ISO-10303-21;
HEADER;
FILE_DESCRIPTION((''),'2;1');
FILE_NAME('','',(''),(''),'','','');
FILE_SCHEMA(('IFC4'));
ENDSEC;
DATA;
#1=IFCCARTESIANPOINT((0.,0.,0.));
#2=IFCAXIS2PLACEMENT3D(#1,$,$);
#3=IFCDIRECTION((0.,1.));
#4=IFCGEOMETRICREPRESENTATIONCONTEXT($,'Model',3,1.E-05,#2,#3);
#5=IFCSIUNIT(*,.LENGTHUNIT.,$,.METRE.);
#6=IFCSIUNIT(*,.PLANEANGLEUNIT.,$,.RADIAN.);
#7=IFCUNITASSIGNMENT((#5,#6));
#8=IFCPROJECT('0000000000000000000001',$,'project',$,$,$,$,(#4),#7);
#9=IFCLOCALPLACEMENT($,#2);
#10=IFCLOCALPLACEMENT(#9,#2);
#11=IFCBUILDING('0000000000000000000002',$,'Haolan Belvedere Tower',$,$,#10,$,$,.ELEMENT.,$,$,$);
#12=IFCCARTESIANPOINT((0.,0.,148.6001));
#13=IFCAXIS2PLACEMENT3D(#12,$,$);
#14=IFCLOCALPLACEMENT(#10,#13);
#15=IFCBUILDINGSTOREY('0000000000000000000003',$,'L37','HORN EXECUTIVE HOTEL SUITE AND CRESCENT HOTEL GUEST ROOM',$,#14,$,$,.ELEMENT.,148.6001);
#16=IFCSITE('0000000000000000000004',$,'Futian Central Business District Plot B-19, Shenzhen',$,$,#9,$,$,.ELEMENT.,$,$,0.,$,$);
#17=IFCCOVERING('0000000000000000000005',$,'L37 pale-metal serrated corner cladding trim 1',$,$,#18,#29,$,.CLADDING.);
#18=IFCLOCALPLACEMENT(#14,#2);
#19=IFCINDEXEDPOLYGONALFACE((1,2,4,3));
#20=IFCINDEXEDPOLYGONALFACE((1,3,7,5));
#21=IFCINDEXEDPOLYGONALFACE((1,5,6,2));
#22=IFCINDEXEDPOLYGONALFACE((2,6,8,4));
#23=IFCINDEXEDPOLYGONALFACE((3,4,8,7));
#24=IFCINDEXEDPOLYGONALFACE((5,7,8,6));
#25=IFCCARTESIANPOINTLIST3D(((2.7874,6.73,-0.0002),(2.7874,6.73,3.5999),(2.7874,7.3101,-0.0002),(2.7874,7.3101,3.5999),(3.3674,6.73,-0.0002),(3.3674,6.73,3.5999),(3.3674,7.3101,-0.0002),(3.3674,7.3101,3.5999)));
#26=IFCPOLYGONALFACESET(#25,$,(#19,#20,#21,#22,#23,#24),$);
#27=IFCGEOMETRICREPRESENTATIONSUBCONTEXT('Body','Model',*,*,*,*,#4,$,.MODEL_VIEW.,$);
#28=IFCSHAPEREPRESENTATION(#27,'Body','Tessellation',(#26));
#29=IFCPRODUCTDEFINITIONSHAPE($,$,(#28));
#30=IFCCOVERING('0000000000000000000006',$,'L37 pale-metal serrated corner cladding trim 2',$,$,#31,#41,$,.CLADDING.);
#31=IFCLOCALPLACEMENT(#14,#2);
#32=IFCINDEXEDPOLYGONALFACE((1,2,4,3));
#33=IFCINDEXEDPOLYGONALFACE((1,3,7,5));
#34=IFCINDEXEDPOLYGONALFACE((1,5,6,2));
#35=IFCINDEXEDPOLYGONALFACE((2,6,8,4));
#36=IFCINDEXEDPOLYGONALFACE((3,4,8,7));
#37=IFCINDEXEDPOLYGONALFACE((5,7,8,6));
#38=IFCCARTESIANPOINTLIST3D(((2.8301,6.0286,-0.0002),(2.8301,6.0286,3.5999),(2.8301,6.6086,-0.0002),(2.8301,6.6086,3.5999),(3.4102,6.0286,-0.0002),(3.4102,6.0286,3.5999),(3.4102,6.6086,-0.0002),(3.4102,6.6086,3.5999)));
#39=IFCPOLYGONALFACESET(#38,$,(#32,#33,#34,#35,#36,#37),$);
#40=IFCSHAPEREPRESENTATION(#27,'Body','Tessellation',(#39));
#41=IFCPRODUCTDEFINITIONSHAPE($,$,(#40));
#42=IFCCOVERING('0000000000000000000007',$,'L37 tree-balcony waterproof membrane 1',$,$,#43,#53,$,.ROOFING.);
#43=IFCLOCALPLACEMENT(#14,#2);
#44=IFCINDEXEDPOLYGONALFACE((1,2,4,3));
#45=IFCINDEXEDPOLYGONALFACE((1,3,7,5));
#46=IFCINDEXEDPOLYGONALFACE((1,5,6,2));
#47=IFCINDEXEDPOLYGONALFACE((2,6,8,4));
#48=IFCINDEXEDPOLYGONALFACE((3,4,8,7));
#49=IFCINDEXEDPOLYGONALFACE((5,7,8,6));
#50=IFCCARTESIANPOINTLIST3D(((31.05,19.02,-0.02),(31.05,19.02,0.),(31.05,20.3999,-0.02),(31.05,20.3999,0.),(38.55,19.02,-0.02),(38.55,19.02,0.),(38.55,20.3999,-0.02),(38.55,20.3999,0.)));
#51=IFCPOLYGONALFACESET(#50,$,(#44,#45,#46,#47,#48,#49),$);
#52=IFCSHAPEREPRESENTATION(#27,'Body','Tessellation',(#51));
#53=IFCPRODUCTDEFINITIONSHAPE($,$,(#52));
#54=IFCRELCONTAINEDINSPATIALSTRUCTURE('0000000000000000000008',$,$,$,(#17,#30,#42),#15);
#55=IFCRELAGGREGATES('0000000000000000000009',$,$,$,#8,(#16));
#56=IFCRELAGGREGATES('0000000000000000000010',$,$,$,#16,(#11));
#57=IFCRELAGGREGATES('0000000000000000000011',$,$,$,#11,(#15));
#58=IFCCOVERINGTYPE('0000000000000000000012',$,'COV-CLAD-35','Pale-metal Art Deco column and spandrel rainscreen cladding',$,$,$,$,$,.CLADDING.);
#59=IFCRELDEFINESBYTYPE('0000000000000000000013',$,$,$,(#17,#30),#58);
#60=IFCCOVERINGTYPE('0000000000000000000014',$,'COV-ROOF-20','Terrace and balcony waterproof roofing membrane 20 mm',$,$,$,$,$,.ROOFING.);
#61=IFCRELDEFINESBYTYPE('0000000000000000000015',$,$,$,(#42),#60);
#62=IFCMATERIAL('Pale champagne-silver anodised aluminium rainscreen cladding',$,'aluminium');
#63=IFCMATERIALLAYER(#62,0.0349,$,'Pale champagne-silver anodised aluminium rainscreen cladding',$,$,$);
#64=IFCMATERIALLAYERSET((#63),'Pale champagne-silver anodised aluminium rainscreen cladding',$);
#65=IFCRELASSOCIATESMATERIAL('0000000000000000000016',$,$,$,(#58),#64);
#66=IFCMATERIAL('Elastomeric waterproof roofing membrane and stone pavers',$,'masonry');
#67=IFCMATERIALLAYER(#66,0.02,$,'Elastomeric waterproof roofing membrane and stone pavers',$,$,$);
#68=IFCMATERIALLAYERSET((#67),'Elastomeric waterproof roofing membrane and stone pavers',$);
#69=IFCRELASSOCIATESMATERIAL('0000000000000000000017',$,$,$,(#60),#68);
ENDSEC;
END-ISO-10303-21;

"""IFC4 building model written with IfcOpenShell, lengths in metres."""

from ifc_helpers import new_model, si_unit, direction, frame, origin, origin_2d, place, context, subcontext, project, spatial, polyline, rectangle, outline, extrude, material, layer, layer_set, type_object, element, save


model = new_model("IFC4")

# Units and contexts
model_context = context("Model", 3, precision=1e-05, world=origin(), true_north=direction((0.0, 1.0)))
body_context = subcontext(model_context, "Body", "Model", "MODEL_VIEW")
ifc_project = project(units=[si_unit("LENGTHUNIT", "METRE"), si_unit("PLANEANGLEUNIT", "RADIAN")], contexts=[model_context])

# Site, building, storey
site_placement = place(None, origin())
site = spatial("IfcSite", under=ifc_project, at=site_placement, Name="Futian Central Business District Plot B-19, Shenzhen", CompositionType="ELEMENT", RefElevation=0.0)
building_placement = place(site_placement, origin())
building = spatial("IfcBuilding", under=site, at=building_placement, Name="Haolan Belvedere Tower", CompositionType="ELEMENT")
storey_placement = place(building_placement, frame((0.0, 0.0, 148.6001)))
storey = spatial("IfcBuildingStorey", under=building, at=storey_placement, Name="L37", Description="HORN EXECUTIVE HOTEL SUITE AND CRESCENT HOTEL GUEST ROOM", CompositionType="ELEMENT", Elevation=148.6001)

# Coverings
ifc_material_1 = material(Name="Pale champagne-silver anodised aluminium rainscreen cladding", Category="aluminium")
ifc_layer_1 = layer(ifc_material_1, 0.0349, Name="Pale champagne-silver anodised aluminium rainscreen cladding")
ifc_layer_set_1 = layer_set([ifc_layer_1], Name="Pale champagne-silver anodised aluminium rainscreen cladding")
covering_type_1 = type_object("IfcCoveringType", Name="COV-CLAD-35", Description="Pale-metal Art Deco column and spandrel rainscreen cladding", PredefinedType="CLADDING", material=ifc_layer_set_1)
for number, where, z_axis, x_axis, name in (
    (1, (3.0774, 7.02, -0.0002), (0.0, 0.0, 1.0), (1.0, 0.0, 0.0), "L37 pale-metal serrated corner cladding trim 1"),
    (2, (3.1201, 6.3186, -0.0002), (0.0, 0.0, 1.0), (1.0, 0.0, 0.0), "L37 pale-metal serrated corner cladding trim 2"),
):
    element("IfcCovering", number, at=place(storey_placement, frame(where, z_axis=z_axis, x_axis=x_axis)), inside=storey, type_object=covering_type_1, Name=name, PredefinedType="CLADDING", context=body_context, shape_type="SweptSolid", body=[
        extrude(rectangle(XDim=0.5801, YDim=0.5801, at=origin_2d()), origin(), (0.0, 0.0, 1.0), 3.6001),
    ])
ifc_material_2 = material(Name="Elastomeric waterproof roofing membrane and stone pavers", Category="masonry")
ifc_layer_2 = layer(ifc_material_2, 0.02, Name="Elastomeric waterproof roofing membrane and stone pavers")
ifc_layer_set_2 = layer_set([ifc_layer_2], Name="Elastomeric waterproof roofing membrane and stone pavers")
covering_type_2 = type_object("IfcCoveringType", Name="COV-ROOF-20", Description="Terrace and balcony waterproof roofing membrane 20 mm", PredefinedType="ROOFING", material=ifc_layer_set_2)
covering_placement = place(storey_placement, frame((0.0, 0.0, -0.02)))
element("IfcCovering", 3, at=covering_placement, inside=storey, type_object=covering_type_2, Name="L37 tree-balcony waterproof membrane 1", PredefinedType="ROOFING", context=body_context, shape_type="SweptSolid", body=[
    extrude(outline(polyline([(31.05, 19.02), (38.55, 19.02), (38.55, 20.3999), (31.05, 20.3999), (31.05, 19.02)])), origin(), (0.0, 0.0, 1.0), 0.02),
])

save(model, "model.ifc")
